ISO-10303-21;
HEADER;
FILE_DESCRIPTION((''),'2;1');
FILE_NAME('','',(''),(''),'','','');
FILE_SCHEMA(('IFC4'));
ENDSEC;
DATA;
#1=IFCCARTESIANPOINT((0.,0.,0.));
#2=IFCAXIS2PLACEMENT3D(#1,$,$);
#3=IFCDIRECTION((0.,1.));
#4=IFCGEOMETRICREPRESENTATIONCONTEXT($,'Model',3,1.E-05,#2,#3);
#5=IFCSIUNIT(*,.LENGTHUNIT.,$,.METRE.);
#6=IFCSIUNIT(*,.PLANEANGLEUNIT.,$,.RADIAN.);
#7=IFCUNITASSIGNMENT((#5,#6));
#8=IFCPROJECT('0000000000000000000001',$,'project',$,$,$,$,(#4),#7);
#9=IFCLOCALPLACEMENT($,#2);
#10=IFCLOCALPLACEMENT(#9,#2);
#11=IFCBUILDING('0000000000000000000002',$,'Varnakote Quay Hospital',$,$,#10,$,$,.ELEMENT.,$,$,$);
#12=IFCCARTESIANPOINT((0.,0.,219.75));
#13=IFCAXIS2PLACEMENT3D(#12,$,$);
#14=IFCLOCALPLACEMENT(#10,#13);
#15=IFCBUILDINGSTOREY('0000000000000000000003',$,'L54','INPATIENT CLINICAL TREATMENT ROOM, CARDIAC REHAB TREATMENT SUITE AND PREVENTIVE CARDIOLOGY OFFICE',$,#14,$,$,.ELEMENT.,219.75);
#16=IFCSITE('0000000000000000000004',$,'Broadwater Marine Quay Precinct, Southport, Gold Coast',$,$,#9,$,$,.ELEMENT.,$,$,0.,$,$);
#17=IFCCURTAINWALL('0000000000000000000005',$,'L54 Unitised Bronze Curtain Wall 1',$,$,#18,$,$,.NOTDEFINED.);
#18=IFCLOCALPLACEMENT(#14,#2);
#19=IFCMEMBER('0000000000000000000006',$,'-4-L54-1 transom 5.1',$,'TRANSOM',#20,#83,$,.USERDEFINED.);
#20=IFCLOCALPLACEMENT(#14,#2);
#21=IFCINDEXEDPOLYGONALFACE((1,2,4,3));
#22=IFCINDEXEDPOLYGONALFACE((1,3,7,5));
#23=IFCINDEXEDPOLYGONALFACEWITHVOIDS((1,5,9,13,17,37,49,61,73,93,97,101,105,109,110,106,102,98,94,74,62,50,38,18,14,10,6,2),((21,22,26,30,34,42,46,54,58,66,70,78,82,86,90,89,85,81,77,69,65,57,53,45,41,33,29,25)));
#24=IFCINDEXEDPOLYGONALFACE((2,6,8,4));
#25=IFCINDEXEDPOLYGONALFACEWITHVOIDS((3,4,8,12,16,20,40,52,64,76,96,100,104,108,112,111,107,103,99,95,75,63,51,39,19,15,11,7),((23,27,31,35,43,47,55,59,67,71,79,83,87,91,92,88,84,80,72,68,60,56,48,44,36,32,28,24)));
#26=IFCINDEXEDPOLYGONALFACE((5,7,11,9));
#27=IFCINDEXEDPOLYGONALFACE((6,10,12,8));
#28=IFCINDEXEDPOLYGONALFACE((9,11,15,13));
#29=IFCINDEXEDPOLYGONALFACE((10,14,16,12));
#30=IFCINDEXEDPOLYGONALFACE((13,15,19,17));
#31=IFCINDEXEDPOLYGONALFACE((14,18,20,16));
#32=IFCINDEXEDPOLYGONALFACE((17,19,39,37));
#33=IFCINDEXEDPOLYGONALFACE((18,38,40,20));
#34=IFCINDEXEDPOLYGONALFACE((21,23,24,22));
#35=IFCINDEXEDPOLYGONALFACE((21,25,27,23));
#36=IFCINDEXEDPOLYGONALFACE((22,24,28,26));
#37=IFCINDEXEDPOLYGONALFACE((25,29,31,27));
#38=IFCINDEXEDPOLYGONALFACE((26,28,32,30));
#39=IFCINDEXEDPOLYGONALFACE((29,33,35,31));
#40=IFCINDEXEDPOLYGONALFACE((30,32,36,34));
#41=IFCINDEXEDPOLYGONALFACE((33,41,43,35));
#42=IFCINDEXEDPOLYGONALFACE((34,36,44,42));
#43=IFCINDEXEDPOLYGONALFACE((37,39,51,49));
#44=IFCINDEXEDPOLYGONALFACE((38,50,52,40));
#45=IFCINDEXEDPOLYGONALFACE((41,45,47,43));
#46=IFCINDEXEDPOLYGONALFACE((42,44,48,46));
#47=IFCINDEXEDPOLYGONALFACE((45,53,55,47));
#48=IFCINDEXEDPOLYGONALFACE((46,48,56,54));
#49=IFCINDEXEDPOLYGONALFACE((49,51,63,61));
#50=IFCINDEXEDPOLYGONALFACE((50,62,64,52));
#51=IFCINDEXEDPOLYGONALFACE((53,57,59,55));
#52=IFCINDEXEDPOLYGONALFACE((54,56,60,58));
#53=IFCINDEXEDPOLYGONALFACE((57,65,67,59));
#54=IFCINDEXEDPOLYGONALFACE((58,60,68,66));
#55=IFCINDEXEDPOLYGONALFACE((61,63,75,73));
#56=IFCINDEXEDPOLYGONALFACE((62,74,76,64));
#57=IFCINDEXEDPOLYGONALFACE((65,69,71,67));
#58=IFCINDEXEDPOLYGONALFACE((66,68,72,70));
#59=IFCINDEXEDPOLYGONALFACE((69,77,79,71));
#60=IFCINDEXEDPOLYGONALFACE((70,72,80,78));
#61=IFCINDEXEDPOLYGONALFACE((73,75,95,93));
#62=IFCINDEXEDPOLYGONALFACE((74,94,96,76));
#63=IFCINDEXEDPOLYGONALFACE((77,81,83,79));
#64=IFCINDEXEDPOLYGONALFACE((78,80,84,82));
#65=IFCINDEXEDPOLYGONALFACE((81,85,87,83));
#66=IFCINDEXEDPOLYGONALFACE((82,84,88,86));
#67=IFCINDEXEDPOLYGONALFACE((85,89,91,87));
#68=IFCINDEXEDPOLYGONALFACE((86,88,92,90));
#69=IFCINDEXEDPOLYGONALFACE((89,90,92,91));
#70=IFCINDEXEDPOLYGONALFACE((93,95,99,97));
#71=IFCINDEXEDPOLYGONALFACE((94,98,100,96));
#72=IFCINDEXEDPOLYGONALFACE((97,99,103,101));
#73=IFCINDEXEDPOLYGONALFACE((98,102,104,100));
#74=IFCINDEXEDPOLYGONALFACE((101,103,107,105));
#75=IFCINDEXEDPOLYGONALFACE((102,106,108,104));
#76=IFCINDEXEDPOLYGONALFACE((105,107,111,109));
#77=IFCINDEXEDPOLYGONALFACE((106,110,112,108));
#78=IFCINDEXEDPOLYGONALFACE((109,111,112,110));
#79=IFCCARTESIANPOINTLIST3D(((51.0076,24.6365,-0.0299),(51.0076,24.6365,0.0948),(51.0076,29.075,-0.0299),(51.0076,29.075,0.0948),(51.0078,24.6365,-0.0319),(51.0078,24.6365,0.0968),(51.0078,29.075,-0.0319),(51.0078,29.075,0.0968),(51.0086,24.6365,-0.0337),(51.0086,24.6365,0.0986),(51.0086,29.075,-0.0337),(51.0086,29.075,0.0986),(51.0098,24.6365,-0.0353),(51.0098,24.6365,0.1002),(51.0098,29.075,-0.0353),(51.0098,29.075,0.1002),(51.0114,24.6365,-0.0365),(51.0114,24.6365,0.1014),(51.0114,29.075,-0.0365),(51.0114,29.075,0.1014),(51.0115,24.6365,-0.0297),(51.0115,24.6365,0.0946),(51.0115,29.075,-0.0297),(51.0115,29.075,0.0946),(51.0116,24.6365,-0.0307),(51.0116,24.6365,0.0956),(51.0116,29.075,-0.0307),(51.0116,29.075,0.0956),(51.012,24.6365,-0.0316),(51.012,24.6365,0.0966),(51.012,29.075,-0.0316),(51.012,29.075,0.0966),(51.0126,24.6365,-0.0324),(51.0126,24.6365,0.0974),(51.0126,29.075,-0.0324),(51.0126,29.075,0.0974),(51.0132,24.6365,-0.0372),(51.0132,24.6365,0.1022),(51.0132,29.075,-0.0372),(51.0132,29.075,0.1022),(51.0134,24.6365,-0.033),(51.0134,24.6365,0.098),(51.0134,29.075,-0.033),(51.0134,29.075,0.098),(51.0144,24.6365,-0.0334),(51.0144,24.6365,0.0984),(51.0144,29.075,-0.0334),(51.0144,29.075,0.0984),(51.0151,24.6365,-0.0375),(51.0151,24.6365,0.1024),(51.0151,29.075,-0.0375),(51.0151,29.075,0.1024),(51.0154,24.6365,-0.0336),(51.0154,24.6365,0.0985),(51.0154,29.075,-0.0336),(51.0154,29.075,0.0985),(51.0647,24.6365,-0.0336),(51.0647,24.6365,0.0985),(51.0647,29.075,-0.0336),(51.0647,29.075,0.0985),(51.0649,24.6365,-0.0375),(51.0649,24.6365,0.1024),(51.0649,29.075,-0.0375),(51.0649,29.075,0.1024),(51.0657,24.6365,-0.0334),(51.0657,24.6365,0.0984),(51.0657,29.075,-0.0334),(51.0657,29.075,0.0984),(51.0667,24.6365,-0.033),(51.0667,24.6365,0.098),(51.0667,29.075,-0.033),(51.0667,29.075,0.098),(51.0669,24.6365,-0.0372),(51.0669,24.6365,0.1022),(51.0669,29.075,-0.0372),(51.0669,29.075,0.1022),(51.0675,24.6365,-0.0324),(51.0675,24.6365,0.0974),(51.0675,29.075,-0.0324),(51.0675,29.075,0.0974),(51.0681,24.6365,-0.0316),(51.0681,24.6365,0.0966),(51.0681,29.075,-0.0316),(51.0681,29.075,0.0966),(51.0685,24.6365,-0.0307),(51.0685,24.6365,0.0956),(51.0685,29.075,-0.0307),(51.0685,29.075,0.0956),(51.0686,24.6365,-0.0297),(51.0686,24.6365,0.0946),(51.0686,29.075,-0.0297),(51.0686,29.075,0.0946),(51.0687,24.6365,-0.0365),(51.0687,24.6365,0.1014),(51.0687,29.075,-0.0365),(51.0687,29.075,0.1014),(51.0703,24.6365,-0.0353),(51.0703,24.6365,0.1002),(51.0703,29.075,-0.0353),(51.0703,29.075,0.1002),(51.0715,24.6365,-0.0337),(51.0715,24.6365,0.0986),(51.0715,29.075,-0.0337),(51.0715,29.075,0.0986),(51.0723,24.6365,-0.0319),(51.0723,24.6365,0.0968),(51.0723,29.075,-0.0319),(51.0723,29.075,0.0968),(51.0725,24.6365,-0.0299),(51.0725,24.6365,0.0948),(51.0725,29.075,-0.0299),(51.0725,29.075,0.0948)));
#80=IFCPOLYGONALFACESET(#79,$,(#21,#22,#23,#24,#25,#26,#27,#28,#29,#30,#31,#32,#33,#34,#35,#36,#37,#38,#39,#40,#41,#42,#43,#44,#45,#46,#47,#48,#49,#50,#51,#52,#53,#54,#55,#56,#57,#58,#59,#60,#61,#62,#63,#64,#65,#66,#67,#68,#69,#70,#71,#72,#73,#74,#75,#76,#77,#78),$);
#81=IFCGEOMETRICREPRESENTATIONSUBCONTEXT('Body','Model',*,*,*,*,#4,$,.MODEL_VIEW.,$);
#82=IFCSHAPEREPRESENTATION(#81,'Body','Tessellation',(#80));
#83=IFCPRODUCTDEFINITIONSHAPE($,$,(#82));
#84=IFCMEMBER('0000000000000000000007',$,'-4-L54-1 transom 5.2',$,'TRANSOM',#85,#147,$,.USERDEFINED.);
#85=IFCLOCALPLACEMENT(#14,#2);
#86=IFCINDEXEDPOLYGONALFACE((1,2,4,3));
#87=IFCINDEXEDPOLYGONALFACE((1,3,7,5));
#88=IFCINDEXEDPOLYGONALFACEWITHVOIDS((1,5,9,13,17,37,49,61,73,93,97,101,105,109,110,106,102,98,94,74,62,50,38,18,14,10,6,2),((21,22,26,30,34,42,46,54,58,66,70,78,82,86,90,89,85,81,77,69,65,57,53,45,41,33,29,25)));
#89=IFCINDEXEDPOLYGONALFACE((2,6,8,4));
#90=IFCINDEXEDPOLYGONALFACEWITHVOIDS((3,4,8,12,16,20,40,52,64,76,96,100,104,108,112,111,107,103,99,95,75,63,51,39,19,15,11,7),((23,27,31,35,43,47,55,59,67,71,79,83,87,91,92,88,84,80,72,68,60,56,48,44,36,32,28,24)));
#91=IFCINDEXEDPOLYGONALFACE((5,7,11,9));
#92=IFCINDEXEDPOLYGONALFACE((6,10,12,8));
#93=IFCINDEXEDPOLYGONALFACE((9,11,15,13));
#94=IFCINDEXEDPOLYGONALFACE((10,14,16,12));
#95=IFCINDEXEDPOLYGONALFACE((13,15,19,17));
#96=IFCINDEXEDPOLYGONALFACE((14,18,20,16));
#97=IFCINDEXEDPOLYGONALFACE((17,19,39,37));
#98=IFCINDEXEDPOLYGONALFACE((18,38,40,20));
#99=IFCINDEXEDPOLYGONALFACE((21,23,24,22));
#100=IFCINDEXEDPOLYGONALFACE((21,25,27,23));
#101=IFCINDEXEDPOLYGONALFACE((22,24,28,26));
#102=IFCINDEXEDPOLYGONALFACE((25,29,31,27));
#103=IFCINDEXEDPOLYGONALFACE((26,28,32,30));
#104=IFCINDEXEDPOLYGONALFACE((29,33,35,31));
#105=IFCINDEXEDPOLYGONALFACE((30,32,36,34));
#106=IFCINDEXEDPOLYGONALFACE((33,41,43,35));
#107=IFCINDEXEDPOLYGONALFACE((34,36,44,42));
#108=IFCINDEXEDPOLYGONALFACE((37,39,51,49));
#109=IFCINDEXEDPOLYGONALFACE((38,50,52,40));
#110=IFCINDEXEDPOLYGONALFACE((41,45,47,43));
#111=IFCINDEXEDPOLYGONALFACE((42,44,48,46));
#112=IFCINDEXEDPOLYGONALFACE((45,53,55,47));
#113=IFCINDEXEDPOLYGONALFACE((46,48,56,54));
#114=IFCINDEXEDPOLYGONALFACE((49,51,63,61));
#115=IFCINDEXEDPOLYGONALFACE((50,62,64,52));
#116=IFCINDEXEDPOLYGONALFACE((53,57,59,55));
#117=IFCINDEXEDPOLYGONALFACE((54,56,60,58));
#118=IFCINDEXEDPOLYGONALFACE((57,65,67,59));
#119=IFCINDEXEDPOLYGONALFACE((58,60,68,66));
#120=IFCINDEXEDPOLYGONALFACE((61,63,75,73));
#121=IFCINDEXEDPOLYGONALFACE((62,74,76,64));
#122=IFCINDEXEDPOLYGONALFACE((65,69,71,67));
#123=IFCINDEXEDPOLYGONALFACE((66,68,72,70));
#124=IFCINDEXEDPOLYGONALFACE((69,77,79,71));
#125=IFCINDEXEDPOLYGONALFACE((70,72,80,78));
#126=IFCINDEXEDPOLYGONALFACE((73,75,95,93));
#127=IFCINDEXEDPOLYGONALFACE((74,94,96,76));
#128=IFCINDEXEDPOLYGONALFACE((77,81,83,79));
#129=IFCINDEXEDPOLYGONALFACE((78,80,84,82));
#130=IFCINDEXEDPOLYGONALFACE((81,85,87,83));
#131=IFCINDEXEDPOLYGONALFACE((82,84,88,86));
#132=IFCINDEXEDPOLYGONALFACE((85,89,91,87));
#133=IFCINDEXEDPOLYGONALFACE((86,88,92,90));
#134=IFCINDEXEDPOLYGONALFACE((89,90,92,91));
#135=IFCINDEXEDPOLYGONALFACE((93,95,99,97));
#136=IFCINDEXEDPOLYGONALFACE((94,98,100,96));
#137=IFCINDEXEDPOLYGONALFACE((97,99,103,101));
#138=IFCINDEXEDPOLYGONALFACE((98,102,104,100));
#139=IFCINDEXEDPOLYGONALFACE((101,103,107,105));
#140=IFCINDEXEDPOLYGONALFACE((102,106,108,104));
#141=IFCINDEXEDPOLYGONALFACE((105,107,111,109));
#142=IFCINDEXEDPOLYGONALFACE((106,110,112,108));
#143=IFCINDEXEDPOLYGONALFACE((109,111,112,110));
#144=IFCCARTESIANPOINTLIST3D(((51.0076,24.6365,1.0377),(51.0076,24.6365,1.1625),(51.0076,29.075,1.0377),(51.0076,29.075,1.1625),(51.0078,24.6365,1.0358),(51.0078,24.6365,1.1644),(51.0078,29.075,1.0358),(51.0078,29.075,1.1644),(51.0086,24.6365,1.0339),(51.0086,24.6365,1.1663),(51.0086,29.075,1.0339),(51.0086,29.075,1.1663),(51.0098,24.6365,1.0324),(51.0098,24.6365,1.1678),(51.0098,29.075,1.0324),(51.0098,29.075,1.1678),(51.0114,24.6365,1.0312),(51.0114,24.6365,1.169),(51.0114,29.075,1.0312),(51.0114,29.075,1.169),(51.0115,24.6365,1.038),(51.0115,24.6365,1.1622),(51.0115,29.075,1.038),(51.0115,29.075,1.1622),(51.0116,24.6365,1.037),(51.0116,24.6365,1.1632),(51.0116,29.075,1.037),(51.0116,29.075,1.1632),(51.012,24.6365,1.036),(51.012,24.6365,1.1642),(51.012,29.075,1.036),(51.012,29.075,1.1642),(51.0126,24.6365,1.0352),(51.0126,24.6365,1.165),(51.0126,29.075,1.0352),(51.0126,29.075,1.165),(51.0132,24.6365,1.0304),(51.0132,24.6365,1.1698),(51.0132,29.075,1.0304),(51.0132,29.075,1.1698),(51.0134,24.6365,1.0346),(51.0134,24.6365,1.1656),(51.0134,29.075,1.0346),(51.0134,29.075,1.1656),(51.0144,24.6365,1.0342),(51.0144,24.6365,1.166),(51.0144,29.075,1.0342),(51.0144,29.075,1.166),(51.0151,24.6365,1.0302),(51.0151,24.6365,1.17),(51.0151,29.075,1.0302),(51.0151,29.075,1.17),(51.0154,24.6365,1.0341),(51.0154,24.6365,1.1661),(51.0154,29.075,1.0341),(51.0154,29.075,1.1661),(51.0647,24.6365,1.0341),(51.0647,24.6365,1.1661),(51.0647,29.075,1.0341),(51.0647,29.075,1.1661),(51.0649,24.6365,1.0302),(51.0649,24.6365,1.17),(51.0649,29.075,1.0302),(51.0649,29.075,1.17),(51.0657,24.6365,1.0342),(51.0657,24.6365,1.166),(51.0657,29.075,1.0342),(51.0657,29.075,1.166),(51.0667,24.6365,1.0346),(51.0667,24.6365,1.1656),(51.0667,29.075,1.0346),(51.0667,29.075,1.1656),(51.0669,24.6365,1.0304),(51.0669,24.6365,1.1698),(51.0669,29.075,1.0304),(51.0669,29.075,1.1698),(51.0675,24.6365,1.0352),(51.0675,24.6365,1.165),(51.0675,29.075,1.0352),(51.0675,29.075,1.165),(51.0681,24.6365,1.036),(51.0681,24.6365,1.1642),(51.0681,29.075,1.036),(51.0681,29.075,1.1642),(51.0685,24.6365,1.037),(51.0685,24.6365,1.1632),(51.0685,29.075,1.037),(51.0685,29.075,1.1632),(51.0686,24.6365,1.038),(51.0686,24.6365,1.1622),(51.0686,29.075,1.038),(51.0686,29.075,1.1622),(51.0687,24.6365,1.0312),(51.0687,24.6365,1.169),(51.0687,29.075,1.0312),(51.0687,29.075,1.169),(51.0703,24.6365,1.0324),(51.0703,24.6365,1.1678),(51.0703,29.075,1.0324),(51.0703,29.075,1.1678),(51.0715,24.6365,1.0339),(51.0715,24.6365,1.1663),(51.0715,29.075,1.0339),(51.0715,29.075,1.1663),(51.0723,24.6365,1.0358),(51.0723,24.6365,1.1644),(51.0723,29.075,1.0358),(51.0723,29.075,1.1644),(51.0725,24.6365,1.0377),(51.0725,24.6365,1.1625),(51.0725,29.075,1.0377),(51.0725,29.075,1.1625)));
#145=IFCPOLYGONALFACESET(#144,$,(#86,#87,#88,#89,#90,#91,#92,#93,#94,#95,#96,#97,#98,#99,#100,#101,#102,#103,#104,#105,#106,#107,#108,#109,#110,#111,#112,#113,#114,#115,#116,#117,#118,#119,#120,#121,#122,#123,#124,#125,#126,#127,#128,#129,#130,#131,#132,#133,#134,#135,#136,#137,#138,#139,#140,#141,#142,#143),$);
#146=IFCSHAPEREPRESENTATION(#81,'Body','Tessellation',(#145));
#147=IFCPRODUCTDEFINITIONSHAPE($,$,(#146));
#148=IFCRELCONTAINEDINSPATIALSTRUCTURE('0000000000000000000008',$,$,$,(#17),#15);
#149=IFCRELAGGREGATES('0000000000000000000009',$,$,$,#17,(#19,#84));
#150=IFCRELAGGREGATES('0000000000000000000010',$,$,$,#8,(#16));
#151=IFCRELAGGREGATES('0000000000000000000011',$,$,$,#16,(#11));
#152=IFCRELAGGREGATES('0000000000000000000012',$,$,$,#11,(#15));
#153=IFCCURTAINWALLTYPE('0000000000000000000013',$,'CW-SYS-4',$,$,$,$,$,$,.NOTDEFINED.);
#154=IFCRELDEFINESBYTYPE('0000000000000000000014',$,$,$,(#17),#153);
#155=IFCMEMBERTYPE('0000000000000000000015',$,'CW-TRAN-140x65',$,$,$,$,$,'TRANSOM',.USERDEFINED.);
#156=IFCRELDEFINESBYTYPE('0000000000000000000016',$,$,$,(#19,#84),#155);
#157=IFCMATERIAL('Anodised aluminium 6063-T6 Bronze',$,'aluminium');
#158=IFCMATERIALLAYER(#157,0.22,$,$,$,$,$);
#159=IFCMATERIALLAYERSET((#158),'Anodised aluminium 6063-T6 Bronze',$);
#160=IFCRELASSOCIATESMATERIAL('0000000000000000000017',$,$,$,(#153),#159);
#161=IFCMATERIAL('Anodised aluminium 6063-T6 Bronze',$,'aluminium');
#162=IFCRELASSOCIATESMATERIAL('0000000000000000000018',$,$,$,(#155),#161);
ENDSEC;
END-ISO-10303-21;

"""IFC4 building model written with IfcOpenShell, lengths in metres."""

from ifc_helpers import new_model, si_unit, direction, frame, origin, origin_2d, place, context, subcontext, project, spatial, hollow_rectangle, extrude, material, layer, layer_set, material_profile, profile_set, type_object, element, aggregate, save


model = new_model("IFC4")

# Units and contexts
model_context = context("Model", 3, precision=1e-05, world=origin(), true_north=direction((0.0, 1.0)))
body_context = subcontext(model_context, "Body", "Model", "MODEL_VIEW")
ifc_project = project(units=[si_unit("LENGTHUNIT", "METRE"), si_unit("PLANEANGLEUNIT", "RADIAN")], contexts=[model_context])

# Site, building, storey
site_placement = place(None, origin())
site = spatial("IfcSite", under=ifc_project, at=site_placement, Name="Broadwater Marine Quay Precinct, Southport, Gold Coast", CompositionType="ELEMENT", RefElevation=0.0)
building_placement = place(site_placement, origin())
building = spatial("IfcBuilding", under=site, at=building_placement, Name="Varnakote Quay Hospital", CompositionType="ELEMENT")
storey_placement = place(building_placement, frame((0.0, 0.0, 219.75)))
storey = spatial("IfcBuildingStorey", under=building, at=storey_placement, Name="L54", Description="INPATIENT CLINICAL TREATMENT ROOM, CARDIAC REHAB TREATMENT SUITE AND PREVENTIVE CARDIOLOGY OFFICE", CompositionType="ELEMENT", Elevation=219.75)

# Curtain wall, members
ifc_material_1 = material(Name="Anodised aluminium 6063-T6 Bronze", Category="aluminium")
ifc_layer_1 = layer(ifc_material_1, 0.22)
ifc_layer_set_1 = layer_set([ifc_layer_1], Name="Anodised aluminium 6063-T6 Bronze")
curtain_wall_type = type_object("IfcCurtainWallType", Name="CW-SYS-4", PredefinedType="NOTDEFINED", material=ifc_layer_set_1)
curtain_wall_placement = place(storey_placement, origin())
curtain_wall = element("IfcCurtainWall", 1, at=curtain_wall_placement, inside=storey, type_object=curtain_wall_type, Name="L54 Unitised Bronze Curtain Wall 1", PredefinedType="NOTDEFINED")
ifc_material_2 = material(Name="Anodised aluminium 6063-T6 Bronze", Category="aluminium")
ifc_material_profile_1 = material_profile(ifc_material_2, hollow_rectangle(XDim=0.0649, YDim=0.1399, WallThickness=0.0039, InnerFilletRadius=0.0039, OuterFilletRadius=0.0076, at=origin_2d()), Name="CW-TRAN-140x65")
ifc_profile_set_1 = profile_set([ifc_material_profile_1], Name="Anodised aluminium 6063-T6 Bronze")
member_type_1 = type_object("IfcMemberType", Name="CW-TRAN-140x65", ElementType="TRANSOM", PredefinedType="USERDEFINED", material=ifc_profile_set_1)
member_1_placement = place(storey_placement, frame((51.04, 24.6365, 0.0325), z_axis=(0.0, 1.0, 0.0), x_axis=(-1.0, 0.0, 0.0)))
member_1 = element("IfcMember", 2, at=member_1_placement, type_object=member_type_1, Name="-4-L54-1 transom 5.1", ObjectType="TRANSOM", PredefinedType="USERDEFINED", context=body_context, shape_type="SweptSolid", body=[
    extrude(hollow_rectangle(XDim=0.0649, YDim=0.1399, WallThickness=0.0039, InnerFilletRadius=0.0039, OuterFilletRadius=0.0076, at=origin_2d()), origin(), (0.0, 0.0, 1.0), 4.4385),
])
member_2_placement = place(storey_placement, frame((51.04, 24.6365, 1.1001), z_axis=(0.0, 1.0, 0.0), x_axis=(-1.0, 0.0, 0.0)))
member_2 = element("IfcMember", 3, at=member_2_placement, type_object=member_type_1, Name="-4-L54-1 transom 5.2", ObjectType="TRANSOM", PredefinedType="USERDEFINED", context=body_context, shape_type="SweptSolid", body=[
    extrude(hollow_rectangle(XDim=0.0649, YDim=0.1399, WallThickness=0.0039, InnerFilletRadius=0.0039, OuterFilletRadius=0.0076, at=origin_2d()), origin(), (0.0, 0.0, 1.0), 4.4385),
])
aggregate(curtain_wall, [member_1, member_2])

save(model, "model.ifc")
